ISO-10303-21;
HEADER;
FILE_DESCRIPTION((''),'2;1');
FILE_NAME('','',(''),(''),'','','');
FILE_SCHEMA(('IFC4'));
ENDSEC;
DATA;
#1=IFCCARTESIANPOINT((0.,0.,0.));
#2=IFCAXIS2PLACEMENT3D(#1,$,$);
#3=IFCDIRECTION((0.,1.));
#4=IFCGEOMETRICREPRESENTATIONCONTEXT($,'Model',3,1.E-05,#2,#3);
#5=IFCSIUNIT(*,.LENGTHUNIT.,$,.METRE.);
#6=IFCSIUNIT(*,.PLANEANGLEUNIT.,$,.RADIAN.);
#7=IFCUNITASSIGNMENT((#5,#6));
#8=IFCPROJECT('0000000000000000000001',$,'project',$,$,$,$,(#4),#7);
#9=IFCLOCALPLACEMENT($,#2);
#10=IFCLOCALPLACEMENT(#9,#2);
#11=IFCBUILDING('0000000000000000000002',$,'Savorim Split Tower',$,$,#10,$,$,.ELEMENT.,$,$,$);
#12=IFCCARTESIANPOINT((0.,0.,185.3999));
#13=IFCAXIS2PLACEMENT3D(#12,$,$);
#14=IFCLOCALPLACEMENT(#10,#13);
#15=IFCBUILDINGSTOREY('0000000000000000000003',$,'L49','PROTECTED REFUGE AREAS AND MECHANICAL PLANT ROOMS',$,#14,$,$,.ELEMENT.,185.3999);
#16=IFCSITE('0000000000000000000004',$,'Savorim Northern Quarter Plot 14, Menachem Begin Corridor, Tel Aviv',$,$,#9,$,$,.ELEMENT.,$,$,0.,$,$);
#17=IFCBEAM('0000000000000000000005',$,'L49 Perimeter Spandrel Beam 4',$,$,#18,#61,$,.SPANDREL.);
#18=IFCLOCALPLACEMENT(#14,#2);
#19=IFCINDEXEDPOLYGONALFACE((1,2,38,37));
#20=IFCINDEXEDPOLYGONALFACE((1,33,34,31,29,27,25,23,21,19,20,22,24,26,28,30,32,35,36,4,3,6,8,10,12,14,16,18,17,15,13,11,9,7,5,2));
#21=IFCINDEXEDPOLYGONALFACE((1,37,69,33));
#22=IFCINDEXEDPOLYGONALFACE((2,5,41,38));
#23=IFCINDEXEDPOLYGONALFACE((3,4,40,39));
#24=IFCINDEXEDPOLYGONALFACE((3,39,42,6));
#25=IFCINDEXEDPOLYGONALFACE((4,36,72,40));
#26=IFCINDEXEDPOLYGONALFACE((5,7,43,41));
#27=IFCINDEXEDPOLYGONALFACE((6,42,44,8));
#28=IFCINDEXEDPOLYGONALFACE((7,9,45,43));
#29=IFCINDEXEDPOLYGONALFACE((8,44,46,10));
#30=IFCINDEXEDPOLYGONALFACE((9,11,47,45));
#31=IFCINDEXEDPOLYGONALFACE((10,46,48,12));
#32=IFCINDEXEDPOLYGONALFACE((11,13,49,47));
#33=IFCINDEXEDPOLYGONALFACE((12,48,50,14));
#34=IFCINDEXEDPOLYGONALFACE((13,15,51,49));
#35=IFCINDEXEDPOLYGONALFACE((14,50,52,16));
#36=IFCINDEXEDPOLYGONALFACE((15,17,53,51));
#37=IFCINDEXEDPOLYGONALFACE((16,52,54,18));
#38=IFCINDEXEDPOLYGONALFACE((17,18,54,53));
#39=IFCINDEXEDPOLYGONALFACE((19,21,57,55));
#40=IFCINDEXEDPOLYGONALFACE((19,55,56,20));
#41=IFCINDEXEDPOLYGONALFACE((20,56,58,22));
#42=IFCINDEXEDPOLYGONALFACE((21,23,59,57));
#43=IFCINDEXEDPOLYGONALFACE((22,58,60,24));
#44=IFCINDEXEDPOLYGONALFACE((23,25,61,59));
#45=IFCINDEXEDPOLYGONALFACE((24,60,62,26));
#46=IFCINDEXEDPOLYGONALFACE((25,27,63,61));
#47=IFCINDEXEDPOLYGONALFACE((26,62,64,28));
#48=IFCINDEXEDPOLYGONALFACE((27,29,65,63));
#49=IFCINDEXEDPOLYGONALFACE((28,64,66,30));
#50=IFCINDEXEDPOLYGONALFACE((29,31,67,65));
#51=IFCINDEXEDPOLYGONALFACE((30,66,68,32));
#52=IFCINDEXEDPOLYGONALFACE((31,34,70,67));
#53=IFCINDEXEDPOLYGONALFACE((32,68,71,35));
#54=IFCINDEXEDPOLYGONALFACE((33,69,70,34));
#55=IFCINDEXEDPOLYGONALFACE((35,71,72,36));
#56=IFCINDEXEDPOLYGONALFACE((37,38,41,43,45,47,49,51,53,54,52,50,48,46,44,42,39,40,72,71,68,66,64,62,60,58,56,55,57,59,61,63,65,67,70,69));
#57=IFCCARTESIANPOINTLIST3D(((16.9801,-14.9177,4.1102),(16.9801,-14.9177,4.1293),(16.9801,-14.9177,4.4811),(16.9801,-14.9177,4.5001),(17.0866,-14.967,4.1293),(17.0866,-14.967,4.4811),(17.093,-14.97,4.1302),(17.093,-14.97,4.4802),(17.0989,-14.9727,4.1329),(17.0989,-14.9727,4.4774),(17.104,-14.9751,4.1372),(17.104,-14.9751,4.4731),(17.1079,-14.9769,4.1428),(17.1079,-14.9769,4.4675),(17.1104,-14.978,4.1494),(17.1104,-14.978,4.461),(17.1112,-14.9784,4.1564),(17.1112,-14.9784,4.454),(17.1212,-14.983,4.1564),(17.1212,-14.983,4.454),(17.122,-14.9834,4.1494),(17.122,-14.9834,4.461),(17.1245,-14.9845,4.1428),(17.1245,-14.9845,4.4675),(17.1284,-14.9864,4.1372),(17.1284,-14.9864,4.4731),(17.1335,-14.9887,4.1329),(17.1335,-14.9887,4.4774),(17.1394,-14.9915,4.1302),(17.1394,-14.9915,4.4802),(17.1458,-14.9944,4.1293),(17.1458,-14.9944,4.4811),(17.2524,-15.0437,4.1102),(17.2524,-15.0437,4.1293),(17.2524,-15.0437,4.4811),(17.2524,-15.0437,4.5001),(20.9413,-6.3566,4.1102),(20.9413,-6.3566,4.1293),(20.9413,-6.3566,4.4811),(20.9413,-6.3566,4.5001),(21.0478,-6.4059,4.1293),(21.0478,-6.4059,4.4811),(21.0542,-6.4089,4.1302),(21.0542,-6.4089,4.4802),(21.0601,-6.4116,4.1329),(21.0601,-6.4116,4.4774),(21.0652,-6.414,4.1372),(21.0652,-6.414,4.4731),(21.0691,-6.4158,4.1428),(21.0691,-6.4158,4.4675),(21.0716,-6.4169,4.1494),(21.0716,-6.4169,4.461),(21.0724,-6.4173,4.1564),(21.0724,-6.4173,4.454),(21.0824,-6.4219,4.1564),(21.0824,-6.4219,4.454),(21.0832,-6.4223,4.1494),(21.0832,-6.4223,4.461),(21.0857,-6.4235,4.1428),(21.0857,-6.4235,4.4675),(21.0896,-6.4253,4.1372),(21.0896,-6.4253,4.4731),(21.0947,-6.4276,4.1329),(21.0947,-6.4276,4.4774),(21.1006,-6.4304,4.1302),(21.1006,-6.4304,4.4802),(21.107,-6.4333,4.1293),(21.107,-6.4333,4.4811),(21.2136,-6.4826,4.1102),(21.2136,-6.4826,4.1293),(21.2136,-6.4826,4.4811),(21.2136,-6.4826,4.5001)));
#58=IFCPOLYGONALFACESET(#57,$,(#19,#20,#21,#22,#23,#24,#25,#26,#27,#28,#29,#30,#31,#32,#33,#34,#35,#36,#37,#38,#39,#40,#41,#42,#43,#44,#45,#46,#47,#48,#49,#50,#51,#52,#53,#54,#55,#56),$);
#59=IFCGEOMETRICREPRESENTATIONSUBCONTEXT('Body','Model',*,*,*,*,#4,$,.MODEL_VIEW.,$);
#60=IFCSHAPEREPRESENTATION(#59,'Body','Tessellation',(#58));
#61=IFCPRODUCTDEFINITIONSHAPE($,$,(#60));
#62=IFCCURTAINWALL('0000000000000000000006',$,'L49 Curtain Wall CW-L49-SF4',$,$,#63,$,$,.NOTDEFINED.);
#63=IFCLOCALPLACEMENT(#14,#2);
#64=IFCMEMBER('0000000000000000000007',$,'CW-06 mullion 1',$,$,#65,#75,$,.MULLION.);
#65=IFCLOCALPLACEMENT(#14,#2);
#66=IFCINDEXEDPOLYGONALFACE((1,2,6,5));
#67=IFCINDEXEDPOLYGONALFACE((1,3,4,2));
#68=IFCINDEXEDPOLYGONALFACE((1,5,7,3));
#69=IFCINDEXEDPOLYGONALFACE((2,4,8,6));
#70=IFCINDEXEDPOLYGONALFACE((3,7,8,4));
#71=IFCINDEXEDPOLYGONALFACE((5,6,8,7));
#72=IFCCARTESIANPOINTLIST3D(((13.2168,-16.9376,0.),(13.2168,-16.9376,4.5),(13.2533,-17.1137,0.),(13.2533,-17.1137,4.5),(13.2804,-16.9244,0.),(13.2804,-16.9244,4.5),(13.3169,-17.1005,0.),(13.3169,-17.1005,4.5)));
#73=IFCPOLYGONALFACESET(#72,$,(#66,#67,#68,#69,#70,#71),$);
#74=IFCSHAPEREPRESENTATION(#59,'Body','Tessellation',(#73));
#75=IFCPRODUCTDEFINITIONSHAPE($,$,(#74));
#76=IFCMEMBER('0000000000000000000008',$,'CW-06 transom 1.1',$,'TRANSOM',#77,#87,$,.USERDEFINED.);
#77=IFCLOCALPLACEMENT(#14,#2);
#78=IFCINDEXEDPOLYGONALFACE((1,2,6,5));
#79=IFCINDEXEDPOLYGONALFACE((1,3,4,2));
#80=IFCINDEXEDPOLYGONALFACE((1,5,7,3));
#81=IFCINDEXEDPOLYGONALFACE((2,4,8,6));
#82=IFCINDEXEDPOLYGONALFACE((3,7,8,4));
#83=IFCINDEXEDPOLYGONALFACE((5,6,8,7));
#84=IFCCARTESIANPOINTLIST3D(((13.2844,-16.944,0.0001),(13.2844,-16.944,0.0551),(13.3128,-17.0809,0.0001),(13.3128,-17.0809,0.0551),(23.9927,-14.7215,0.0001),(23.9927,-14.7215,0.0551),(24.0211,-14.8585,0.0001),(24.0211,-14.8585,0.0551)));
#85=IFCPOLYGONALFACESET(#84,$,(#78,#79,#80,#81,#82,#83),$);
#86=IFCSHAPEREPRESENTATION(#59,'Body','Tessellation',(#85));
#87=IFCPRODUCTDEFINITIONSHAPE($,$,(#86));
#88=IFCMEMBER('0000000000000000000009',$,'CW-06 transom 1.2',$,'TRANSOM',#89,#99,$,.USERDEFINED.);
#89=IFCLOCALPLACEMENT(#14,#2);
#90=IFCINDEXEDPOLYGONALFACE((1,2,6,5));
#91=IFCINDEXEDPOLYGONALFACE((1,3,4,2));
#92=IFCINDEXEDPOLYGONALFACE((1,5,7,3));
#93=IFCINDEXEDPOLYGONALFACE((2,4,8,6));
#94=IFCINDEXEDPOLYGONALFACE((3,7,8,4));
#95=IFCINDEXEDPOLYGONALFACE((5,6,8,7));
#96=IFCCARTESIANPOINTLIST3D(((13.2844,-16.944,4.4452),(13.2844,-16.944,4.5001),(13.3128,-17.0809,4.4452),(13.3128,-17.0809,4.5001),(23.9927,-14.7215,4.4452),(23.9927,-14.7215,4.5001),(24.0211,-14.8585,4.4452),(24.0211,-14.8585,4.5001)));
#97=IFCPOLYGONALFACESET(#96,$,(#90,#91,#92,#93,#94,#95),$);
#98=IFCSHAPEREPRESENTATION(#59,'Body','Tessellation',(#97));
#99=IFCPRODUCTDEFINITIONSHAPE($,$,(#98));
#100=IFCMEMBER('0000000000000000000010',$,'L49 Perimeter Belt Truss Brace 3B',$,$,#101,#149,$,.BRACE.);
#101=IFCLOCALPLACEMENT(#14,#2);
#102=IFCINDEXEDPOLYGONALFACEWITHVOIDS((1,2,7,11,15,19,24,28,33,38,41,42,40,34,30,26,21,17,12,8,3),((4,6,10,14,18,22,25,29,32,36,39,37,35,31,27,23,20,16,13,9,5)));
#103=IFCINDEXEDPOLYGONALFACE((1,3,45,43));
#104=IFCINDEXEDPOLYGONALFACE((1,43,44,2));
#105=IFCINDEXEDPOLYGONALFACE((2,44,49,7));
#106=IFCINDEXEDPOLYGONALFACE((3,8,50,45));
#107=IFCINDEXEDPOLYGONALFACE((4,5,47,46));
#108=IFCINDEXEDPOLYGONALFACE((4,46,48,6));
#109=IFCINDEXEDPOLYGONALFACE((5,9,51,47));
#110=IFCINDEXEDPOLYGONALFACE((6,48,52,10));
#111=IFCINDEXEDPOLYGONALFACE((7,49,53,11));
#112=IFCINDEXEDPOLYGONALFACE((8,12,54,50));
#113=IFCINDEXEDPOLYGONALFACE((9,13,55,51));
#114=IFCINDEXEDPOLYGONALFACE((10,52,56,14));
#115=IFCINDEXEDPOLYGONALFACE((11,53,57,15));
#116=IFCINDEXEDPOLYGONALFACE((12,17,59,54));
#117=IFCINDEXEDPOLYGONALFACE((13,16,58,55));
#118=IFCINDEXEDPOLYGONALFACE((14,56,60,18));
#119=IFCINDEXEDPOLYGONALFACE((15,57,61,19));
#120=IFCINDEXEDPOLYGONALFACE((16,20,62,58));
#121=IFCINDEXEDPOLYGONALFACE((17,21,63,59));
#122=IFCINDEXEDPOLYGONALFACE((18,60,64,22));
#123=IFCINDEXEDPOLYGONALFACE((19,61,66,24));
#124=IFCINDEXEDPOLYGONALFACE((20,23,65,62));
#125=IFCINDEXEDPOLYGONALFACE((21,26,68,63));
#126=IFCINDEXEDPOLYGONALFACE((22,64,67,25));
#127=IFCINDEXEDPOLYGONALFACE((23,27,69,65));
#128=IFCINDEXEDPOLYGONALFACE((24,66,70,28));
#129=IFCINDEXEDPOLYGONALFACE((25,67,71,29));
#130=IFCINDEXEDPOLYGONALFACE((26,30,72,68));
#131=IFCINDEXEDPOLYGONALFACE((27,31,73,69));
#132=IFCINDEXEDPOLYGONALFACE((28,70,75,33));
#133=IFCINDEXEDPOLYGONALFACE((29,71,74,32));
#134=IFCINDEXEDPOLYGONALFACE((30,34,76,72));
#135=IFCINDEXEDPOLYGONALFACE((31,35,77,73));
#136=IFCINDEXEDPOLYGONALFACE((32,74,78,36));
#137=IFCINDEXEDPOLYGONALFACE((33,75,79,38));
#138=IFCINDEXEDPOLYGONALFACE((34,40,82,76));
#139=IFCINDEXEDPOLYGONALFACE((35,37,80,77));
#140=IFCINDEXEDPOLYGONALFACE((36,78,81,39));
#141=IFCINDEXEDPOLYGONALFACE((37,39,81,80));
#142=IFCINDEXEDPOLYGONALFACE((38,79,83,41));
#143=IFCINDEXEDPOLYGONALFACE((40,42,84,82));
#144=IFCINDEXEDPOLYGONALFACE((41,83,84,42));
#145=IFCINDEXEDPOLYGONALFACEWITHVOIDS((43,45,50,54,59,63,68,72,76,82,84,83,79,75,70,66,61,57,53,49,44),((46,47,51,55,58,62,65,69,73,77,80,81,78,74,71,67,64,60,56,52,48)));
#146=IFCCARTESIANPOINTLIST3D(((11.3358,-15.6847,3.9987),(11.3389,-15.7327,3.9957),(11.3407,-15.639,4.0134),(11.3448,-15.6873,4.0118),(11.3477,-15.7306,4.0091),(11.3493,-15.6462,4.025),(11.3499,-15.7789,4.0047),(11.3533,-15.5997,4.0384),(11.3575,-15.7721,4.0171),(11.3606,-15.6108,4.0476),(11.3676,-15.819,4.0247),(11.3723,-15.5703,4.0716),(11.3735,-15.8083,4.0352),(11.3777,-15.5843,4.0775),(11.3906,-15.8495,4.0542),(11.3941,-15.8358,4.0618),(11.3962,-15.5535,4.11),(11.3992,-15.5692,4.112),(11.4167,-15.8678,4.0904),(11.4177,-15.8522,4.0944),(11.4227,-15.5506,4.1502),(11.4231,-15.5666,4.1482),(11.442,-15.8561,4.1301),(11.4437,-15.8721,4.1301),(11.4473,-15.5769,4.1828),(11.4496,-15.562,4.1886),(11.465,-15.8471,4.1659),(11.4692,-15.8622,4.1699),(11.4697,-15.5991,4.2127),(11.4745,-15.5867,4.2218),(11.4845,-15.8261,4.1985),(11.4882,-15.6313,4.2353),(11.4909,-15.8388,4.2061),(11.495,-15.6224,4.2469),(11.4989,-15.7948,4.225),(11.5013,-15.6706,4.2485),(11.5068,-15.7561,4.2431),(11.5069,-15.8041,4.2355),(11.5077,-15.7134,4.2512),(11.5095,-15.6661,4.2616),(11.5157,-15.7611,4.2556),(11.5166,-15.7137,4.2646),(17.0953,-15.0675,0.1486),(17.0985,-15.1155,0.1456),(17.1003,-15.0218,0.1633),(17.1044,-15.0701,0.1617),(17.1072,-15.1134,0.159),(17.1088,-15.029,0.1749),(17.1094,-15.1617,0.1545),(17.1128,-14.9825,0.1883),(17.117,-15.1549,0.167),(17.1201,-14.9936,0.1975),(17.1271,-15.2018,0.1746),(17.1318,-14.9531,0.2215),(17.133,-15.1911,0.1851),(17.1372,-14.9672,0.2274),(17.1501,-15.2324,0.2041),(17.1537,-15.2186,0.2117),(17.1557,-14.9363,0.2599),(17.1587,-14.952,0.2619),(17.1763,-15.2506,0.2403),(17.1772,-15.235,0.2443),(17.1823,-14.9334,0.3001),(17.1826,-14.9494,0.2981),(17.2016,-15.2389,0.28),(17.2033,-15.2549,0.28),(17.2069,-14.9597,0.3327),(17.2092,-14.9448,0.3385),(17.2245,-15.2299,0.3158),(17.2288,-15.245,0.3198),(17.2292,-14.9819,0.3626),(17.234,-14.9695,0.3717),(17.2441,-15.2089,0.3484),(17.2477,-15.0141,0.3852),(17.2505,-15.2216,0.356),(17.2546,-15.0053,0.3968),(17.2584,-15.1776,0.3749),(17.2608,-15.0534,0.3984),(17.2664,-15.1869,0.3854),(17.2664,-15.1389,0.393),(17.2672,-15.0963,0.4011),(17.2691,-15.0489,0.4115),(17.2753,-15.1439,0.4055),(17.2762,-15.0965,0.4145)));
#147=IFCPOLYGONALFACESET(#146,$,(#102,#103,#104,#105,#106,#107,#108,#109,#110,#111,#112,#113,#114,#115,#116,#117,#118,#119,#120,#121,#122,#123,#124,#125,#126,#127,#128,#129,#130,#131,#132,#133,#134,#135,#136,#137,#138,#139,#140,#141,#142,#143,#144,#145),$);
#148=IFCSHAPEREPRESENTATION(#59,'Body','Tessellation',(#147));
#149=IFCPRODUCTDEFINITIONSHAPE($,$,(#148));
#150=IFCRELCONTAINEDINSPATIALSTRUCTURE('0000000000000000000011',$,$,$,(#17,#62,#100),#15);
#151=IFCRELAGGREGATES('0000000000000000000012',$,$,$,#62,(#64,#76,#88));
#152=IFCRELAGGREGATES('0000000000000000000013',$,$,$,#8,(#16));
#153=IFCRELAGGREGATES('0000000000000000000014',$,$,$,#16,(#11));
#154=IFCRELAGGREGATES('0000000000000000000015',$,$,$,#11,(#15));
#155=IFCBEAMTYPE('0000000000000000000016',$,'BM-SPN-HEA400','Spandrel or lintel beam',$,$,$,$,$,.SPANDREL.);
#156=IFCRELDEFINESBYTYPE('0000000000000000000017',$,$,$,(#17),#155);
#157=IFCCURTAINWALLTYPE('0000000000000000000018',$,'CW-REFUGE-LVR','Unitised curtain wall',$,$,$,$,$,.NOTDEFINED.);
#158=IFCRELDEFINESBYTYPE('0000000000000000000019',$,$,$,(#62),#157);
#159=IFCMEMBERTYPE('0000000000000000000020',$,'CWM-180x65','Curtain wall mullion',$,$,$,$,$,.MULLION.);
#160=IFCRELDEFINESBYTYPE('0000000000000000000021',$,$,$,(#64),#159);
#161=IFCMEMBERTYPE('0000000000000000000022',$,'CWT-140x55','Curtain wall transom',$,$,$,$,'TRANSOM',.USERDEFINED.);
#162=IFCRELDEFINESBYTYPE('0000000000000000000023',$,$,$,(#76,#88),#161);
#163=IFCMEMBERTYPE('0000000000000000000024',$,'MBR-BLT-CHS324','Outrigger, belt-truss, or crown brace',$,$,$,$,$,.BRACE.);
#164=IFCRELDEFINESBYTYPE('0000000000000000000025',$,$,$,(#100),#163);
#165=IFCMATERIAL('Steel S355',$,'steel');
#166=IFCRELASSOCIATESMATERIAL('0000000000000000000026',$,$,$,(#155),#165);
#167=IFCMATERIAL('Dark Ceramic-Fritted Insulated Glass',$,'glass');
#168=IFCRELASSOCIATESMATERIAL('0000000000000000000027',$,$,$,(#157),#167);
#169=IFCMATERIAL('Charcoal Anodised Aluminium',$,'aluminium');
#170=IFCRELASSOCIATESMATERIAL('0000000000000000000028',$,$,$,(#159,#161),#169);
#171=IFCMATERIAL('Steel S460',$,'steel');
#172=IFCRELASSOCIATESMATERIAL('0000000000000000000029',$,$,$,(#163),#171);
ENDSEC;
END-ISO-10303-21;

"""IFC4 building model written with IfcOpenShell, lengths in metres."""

from ifc_helpers import new_model, si_unit, direction, frame, origin, origin_2d, place, context, subcontext, project, spatial, rectangle, hollow_circle, i_section, extrude, material, material_profile, profile_set, type_object, element, aggregate, save


model = new_model("IFC4")

# Units and contexts
model_context = context("Model", 3, precision=1e-05, world=origin(), true_north=direction((0.0, 1.0)))
body_context = subcontext(model_context, "Body", "Model", "MODEL_VIEW")
ifc_project = project(units=[si_unit("LENGTHUNIT", "METRE"), si_unit("PLANEANGLEUNIT", "RADIAN")], contexts=[model_context])

# Site, building, storey
site_placement = place(None, origin())
site = spatial("IfcSite", under=ifc_project, at=site_placement, Name="Savorim Northern Quarter Plot 14, Menachem Begin Corridor, Tel Aviv", CompositionType="ELEMENT", RefElevation=0.0)
building_placement = place(site_placement, origin())
building = spatial("IfcBuilding", under=site, at=building_placement, Name="Savorim Split Tower", CompositionType="ELEMENT")
storey_placement = place(building_placement, frame((0.0, 0.0, 185.3999)))
storey = spatial("IfcBuildingStorey", under=building, at=storey_placement, Name="L49", Description="PROTECTED REFUGE AREAS AND MECHANICAL PLANT ROOMS", CompositionType="ELEMENT", Elevation=185.3999)

# Shared definitions
ifc_material_1 = material(Name="Steel S355", Category="steel")

# Beam
ifc_material_profile_1 = material_profile(ifc_material_1, i_section(OverallWidth=0.3, OverallDepth=0.3899, WebThickness=0.011, FlangeThickness=0.019, FilletRadius=0.0271, at=origin_2d()), Name="HEA 400")
ifc_profile_set_1 = profile_set([ifc_material_profile_1], Name="Steel S355")
beam_type_1 = type_object("IfcBeamType", Name="BM-SPN-HEA400", Description="Spandrel or lintel beam", PredefinedType="SPANDREL", material=ifc_profile_set_1)
beam_1_placement = place(storey_placement, frame((17.1162, -14.9807, 4.3052), z_axis=(0.419926, 0.907558, 0.0), x_axis=(-0.907558, 0.419926, 0.0)))
element("IfcBeam", 1, at=beam_1_placement, inside=storey, type_object=beam_type_1, Name="L49 Perimeter Spandrel Beam 4", PredefinedType="SPANDREL", context=body_context, shape_type="SweptSolid", body=[
    extrude(i_section(OverallWidth=0.3, OverallDepth=0.3899, WebThickness=0.011, FlangeThickness=0.019, FilletRadius=0.0271, at=origin_2d()), origin(), (0.0, 0.0, 1.0), 9.4331),
])

# Curtain wall, members
ifc_material_2 = material(Name="Dark Ceramic-Fritted Insulated Glass", Category="glass")
curtain_wall_type = type_object("IfcCurtainWallType", Name="CW-REFUGE-LVR", Description="Unitised curtain wall", PredefinedType="NOTDEFINED", material=ifc_material_2)
curtain_wall_placement = place(storey_placement, origin())
curtain_wall = element("IfcCurtainWall", 2, at=curtain_wall_placement, inside=storey, type_object=curtain_wall_type, Name="L49 Curtain Wall CW-L49-SF4", PredefinedType="NOTDEFINED")
ifc_material_3 = material(Name="Charcoal Anodised Aluminium", Category="aluminium")
ifc_material_profile_2 = material_profile(ifc_material_3, rectangle(XDim=0.1799, YDim=0.0649, at=origin_2d()), Name="ALU-M 180x65")
ifc_profile_set_2 = profile_set([ifc_material_profile_2], Name="Charcoal Anodised Aluminium")
member_type_1 = type_object("IfcMemberType", Name="CWM-180x65", Description="Curtain wall mullion", PredefinedType="MULLION", material=ifc_profile_set_2)
member_1_placement = place(storey_placement, frame((13.2668, -17.019, 0.0), z_axis=(0.0, 0.0, 1.0), x_axis=(-0.203208, 0.979136, 0.0)))
member_1 = element("IfcMember", 3, at=member_1_placement, type_object=member_type_1, Name="CW-06 mullion 1", PredefinedType="MULLION", context=body_context, shape_type="SweptSolid", body=[
    extrude(rectangle(XDim=0.1799, YDim=0.0649, at=origin_2d()), origin(), (0.0, 0.0, 1.0), 4.5),
])
ifc_material_profile_3 = material_profile(ifc_material_3, rectangle(XDim=0.1399, YDim=0.0549, at=origin_2d()), Name="ALU-T 140x55")
ifc_profile_set_3 = profile_set([ifc_material_profile_3], Name="Charcoal Anodised Aluminium")
member_type_2 = type_object("IfcMemberType", Name="CWT-140x55", Description="Curtain wall transom", ElementType="TRANSOM", PredefinedType="USERDEFINED", material=ifc_profile_set_3)
member_2_placement = place(storey_placement, frame((13.2986, -17.0125, 0.0276), z_axis=(0.979135, 0.203212, 0.0), x_axis=(-0.203212, 0.979135, 0.0)))
member_2 = element("IfcMember", 4, at=member_2_placement, type_object=member_type_2, Name="CW-06 transom 1.1", ObjectType="TRANSOM", PredefinedType="USERDEFINED", context=body_context, shape_type="SweptSolid", body=[
    extrude(rectangle(XDim=0.1399, YDim=0.0549, at=origin_2d()), origin(), (0.0, 0.0, 1.0), 10.9365),
])
member_3_placement = place(storey_placement, frame((13.2986, -17.0125, 4.4727), z_axis=(0.979135, 0.203212, 0.0), x_axis=(-0.203212, 0.979135, 0.0)))
member_3 = element("IfcMember", 5, at=member_3_placement, type_object=member_type_2, Name="CW-06 transom 1.2", ObjectType="TRANSOM", PredefinedType="USERDEFINED", context=body_context, shape_type="SweptSolid", body=[
    extrude(rectangle(XDim=0.1399, YDim=0.0549, at=origin_2d()), origin(), (0.0, 0.0, 1.0), 10.9365),
])

# Member
ifc_material_4 = material(Name="Steel S460", Category="steel")
ifc_material_profile_4 = material_profile(ifc_material_4, hollow_circle(Radius=0.1619, WallThickness=0.0161, at=origin_2d()), Name="CHS 323.9x16")
ifc_profile_set_4 = profile_set([ifc_material_profile_4], Name="Steel S460")
member_type_3 = type_object("IfcMemberType", Name="MBR-BLT-CHS324", Description="Outrigger, belt-truss, or crown brace", PredefinedType="BRACE", material=ifc_profile_set_4)
member_4_placement = place(storey_placement, frame((17.186, -15.094, 0.28), z_axis=(-0.828076, -0.088736, 0.553548), x_axis=(0.106549, -0.994307, 0.0)))
element("IfcMember", 6, at=member_4_placement, inside=storey, type_object=member_type_3, Name="L49 Perimeter Belt Truss Brace 3B", PredefinedType="BRACE", context=body_context, shape_type="SweptSolid", body=[
    extrude(hollow_circle(Radius=0.1619, WallThickness=0.0161, at=origin_2d()), origin(), (0.0, 0.0, 1.0), 6.9553),
])

aggregate(curtain_wall, [member_1, member_2, member_3])

save(model, "model.ifc")
